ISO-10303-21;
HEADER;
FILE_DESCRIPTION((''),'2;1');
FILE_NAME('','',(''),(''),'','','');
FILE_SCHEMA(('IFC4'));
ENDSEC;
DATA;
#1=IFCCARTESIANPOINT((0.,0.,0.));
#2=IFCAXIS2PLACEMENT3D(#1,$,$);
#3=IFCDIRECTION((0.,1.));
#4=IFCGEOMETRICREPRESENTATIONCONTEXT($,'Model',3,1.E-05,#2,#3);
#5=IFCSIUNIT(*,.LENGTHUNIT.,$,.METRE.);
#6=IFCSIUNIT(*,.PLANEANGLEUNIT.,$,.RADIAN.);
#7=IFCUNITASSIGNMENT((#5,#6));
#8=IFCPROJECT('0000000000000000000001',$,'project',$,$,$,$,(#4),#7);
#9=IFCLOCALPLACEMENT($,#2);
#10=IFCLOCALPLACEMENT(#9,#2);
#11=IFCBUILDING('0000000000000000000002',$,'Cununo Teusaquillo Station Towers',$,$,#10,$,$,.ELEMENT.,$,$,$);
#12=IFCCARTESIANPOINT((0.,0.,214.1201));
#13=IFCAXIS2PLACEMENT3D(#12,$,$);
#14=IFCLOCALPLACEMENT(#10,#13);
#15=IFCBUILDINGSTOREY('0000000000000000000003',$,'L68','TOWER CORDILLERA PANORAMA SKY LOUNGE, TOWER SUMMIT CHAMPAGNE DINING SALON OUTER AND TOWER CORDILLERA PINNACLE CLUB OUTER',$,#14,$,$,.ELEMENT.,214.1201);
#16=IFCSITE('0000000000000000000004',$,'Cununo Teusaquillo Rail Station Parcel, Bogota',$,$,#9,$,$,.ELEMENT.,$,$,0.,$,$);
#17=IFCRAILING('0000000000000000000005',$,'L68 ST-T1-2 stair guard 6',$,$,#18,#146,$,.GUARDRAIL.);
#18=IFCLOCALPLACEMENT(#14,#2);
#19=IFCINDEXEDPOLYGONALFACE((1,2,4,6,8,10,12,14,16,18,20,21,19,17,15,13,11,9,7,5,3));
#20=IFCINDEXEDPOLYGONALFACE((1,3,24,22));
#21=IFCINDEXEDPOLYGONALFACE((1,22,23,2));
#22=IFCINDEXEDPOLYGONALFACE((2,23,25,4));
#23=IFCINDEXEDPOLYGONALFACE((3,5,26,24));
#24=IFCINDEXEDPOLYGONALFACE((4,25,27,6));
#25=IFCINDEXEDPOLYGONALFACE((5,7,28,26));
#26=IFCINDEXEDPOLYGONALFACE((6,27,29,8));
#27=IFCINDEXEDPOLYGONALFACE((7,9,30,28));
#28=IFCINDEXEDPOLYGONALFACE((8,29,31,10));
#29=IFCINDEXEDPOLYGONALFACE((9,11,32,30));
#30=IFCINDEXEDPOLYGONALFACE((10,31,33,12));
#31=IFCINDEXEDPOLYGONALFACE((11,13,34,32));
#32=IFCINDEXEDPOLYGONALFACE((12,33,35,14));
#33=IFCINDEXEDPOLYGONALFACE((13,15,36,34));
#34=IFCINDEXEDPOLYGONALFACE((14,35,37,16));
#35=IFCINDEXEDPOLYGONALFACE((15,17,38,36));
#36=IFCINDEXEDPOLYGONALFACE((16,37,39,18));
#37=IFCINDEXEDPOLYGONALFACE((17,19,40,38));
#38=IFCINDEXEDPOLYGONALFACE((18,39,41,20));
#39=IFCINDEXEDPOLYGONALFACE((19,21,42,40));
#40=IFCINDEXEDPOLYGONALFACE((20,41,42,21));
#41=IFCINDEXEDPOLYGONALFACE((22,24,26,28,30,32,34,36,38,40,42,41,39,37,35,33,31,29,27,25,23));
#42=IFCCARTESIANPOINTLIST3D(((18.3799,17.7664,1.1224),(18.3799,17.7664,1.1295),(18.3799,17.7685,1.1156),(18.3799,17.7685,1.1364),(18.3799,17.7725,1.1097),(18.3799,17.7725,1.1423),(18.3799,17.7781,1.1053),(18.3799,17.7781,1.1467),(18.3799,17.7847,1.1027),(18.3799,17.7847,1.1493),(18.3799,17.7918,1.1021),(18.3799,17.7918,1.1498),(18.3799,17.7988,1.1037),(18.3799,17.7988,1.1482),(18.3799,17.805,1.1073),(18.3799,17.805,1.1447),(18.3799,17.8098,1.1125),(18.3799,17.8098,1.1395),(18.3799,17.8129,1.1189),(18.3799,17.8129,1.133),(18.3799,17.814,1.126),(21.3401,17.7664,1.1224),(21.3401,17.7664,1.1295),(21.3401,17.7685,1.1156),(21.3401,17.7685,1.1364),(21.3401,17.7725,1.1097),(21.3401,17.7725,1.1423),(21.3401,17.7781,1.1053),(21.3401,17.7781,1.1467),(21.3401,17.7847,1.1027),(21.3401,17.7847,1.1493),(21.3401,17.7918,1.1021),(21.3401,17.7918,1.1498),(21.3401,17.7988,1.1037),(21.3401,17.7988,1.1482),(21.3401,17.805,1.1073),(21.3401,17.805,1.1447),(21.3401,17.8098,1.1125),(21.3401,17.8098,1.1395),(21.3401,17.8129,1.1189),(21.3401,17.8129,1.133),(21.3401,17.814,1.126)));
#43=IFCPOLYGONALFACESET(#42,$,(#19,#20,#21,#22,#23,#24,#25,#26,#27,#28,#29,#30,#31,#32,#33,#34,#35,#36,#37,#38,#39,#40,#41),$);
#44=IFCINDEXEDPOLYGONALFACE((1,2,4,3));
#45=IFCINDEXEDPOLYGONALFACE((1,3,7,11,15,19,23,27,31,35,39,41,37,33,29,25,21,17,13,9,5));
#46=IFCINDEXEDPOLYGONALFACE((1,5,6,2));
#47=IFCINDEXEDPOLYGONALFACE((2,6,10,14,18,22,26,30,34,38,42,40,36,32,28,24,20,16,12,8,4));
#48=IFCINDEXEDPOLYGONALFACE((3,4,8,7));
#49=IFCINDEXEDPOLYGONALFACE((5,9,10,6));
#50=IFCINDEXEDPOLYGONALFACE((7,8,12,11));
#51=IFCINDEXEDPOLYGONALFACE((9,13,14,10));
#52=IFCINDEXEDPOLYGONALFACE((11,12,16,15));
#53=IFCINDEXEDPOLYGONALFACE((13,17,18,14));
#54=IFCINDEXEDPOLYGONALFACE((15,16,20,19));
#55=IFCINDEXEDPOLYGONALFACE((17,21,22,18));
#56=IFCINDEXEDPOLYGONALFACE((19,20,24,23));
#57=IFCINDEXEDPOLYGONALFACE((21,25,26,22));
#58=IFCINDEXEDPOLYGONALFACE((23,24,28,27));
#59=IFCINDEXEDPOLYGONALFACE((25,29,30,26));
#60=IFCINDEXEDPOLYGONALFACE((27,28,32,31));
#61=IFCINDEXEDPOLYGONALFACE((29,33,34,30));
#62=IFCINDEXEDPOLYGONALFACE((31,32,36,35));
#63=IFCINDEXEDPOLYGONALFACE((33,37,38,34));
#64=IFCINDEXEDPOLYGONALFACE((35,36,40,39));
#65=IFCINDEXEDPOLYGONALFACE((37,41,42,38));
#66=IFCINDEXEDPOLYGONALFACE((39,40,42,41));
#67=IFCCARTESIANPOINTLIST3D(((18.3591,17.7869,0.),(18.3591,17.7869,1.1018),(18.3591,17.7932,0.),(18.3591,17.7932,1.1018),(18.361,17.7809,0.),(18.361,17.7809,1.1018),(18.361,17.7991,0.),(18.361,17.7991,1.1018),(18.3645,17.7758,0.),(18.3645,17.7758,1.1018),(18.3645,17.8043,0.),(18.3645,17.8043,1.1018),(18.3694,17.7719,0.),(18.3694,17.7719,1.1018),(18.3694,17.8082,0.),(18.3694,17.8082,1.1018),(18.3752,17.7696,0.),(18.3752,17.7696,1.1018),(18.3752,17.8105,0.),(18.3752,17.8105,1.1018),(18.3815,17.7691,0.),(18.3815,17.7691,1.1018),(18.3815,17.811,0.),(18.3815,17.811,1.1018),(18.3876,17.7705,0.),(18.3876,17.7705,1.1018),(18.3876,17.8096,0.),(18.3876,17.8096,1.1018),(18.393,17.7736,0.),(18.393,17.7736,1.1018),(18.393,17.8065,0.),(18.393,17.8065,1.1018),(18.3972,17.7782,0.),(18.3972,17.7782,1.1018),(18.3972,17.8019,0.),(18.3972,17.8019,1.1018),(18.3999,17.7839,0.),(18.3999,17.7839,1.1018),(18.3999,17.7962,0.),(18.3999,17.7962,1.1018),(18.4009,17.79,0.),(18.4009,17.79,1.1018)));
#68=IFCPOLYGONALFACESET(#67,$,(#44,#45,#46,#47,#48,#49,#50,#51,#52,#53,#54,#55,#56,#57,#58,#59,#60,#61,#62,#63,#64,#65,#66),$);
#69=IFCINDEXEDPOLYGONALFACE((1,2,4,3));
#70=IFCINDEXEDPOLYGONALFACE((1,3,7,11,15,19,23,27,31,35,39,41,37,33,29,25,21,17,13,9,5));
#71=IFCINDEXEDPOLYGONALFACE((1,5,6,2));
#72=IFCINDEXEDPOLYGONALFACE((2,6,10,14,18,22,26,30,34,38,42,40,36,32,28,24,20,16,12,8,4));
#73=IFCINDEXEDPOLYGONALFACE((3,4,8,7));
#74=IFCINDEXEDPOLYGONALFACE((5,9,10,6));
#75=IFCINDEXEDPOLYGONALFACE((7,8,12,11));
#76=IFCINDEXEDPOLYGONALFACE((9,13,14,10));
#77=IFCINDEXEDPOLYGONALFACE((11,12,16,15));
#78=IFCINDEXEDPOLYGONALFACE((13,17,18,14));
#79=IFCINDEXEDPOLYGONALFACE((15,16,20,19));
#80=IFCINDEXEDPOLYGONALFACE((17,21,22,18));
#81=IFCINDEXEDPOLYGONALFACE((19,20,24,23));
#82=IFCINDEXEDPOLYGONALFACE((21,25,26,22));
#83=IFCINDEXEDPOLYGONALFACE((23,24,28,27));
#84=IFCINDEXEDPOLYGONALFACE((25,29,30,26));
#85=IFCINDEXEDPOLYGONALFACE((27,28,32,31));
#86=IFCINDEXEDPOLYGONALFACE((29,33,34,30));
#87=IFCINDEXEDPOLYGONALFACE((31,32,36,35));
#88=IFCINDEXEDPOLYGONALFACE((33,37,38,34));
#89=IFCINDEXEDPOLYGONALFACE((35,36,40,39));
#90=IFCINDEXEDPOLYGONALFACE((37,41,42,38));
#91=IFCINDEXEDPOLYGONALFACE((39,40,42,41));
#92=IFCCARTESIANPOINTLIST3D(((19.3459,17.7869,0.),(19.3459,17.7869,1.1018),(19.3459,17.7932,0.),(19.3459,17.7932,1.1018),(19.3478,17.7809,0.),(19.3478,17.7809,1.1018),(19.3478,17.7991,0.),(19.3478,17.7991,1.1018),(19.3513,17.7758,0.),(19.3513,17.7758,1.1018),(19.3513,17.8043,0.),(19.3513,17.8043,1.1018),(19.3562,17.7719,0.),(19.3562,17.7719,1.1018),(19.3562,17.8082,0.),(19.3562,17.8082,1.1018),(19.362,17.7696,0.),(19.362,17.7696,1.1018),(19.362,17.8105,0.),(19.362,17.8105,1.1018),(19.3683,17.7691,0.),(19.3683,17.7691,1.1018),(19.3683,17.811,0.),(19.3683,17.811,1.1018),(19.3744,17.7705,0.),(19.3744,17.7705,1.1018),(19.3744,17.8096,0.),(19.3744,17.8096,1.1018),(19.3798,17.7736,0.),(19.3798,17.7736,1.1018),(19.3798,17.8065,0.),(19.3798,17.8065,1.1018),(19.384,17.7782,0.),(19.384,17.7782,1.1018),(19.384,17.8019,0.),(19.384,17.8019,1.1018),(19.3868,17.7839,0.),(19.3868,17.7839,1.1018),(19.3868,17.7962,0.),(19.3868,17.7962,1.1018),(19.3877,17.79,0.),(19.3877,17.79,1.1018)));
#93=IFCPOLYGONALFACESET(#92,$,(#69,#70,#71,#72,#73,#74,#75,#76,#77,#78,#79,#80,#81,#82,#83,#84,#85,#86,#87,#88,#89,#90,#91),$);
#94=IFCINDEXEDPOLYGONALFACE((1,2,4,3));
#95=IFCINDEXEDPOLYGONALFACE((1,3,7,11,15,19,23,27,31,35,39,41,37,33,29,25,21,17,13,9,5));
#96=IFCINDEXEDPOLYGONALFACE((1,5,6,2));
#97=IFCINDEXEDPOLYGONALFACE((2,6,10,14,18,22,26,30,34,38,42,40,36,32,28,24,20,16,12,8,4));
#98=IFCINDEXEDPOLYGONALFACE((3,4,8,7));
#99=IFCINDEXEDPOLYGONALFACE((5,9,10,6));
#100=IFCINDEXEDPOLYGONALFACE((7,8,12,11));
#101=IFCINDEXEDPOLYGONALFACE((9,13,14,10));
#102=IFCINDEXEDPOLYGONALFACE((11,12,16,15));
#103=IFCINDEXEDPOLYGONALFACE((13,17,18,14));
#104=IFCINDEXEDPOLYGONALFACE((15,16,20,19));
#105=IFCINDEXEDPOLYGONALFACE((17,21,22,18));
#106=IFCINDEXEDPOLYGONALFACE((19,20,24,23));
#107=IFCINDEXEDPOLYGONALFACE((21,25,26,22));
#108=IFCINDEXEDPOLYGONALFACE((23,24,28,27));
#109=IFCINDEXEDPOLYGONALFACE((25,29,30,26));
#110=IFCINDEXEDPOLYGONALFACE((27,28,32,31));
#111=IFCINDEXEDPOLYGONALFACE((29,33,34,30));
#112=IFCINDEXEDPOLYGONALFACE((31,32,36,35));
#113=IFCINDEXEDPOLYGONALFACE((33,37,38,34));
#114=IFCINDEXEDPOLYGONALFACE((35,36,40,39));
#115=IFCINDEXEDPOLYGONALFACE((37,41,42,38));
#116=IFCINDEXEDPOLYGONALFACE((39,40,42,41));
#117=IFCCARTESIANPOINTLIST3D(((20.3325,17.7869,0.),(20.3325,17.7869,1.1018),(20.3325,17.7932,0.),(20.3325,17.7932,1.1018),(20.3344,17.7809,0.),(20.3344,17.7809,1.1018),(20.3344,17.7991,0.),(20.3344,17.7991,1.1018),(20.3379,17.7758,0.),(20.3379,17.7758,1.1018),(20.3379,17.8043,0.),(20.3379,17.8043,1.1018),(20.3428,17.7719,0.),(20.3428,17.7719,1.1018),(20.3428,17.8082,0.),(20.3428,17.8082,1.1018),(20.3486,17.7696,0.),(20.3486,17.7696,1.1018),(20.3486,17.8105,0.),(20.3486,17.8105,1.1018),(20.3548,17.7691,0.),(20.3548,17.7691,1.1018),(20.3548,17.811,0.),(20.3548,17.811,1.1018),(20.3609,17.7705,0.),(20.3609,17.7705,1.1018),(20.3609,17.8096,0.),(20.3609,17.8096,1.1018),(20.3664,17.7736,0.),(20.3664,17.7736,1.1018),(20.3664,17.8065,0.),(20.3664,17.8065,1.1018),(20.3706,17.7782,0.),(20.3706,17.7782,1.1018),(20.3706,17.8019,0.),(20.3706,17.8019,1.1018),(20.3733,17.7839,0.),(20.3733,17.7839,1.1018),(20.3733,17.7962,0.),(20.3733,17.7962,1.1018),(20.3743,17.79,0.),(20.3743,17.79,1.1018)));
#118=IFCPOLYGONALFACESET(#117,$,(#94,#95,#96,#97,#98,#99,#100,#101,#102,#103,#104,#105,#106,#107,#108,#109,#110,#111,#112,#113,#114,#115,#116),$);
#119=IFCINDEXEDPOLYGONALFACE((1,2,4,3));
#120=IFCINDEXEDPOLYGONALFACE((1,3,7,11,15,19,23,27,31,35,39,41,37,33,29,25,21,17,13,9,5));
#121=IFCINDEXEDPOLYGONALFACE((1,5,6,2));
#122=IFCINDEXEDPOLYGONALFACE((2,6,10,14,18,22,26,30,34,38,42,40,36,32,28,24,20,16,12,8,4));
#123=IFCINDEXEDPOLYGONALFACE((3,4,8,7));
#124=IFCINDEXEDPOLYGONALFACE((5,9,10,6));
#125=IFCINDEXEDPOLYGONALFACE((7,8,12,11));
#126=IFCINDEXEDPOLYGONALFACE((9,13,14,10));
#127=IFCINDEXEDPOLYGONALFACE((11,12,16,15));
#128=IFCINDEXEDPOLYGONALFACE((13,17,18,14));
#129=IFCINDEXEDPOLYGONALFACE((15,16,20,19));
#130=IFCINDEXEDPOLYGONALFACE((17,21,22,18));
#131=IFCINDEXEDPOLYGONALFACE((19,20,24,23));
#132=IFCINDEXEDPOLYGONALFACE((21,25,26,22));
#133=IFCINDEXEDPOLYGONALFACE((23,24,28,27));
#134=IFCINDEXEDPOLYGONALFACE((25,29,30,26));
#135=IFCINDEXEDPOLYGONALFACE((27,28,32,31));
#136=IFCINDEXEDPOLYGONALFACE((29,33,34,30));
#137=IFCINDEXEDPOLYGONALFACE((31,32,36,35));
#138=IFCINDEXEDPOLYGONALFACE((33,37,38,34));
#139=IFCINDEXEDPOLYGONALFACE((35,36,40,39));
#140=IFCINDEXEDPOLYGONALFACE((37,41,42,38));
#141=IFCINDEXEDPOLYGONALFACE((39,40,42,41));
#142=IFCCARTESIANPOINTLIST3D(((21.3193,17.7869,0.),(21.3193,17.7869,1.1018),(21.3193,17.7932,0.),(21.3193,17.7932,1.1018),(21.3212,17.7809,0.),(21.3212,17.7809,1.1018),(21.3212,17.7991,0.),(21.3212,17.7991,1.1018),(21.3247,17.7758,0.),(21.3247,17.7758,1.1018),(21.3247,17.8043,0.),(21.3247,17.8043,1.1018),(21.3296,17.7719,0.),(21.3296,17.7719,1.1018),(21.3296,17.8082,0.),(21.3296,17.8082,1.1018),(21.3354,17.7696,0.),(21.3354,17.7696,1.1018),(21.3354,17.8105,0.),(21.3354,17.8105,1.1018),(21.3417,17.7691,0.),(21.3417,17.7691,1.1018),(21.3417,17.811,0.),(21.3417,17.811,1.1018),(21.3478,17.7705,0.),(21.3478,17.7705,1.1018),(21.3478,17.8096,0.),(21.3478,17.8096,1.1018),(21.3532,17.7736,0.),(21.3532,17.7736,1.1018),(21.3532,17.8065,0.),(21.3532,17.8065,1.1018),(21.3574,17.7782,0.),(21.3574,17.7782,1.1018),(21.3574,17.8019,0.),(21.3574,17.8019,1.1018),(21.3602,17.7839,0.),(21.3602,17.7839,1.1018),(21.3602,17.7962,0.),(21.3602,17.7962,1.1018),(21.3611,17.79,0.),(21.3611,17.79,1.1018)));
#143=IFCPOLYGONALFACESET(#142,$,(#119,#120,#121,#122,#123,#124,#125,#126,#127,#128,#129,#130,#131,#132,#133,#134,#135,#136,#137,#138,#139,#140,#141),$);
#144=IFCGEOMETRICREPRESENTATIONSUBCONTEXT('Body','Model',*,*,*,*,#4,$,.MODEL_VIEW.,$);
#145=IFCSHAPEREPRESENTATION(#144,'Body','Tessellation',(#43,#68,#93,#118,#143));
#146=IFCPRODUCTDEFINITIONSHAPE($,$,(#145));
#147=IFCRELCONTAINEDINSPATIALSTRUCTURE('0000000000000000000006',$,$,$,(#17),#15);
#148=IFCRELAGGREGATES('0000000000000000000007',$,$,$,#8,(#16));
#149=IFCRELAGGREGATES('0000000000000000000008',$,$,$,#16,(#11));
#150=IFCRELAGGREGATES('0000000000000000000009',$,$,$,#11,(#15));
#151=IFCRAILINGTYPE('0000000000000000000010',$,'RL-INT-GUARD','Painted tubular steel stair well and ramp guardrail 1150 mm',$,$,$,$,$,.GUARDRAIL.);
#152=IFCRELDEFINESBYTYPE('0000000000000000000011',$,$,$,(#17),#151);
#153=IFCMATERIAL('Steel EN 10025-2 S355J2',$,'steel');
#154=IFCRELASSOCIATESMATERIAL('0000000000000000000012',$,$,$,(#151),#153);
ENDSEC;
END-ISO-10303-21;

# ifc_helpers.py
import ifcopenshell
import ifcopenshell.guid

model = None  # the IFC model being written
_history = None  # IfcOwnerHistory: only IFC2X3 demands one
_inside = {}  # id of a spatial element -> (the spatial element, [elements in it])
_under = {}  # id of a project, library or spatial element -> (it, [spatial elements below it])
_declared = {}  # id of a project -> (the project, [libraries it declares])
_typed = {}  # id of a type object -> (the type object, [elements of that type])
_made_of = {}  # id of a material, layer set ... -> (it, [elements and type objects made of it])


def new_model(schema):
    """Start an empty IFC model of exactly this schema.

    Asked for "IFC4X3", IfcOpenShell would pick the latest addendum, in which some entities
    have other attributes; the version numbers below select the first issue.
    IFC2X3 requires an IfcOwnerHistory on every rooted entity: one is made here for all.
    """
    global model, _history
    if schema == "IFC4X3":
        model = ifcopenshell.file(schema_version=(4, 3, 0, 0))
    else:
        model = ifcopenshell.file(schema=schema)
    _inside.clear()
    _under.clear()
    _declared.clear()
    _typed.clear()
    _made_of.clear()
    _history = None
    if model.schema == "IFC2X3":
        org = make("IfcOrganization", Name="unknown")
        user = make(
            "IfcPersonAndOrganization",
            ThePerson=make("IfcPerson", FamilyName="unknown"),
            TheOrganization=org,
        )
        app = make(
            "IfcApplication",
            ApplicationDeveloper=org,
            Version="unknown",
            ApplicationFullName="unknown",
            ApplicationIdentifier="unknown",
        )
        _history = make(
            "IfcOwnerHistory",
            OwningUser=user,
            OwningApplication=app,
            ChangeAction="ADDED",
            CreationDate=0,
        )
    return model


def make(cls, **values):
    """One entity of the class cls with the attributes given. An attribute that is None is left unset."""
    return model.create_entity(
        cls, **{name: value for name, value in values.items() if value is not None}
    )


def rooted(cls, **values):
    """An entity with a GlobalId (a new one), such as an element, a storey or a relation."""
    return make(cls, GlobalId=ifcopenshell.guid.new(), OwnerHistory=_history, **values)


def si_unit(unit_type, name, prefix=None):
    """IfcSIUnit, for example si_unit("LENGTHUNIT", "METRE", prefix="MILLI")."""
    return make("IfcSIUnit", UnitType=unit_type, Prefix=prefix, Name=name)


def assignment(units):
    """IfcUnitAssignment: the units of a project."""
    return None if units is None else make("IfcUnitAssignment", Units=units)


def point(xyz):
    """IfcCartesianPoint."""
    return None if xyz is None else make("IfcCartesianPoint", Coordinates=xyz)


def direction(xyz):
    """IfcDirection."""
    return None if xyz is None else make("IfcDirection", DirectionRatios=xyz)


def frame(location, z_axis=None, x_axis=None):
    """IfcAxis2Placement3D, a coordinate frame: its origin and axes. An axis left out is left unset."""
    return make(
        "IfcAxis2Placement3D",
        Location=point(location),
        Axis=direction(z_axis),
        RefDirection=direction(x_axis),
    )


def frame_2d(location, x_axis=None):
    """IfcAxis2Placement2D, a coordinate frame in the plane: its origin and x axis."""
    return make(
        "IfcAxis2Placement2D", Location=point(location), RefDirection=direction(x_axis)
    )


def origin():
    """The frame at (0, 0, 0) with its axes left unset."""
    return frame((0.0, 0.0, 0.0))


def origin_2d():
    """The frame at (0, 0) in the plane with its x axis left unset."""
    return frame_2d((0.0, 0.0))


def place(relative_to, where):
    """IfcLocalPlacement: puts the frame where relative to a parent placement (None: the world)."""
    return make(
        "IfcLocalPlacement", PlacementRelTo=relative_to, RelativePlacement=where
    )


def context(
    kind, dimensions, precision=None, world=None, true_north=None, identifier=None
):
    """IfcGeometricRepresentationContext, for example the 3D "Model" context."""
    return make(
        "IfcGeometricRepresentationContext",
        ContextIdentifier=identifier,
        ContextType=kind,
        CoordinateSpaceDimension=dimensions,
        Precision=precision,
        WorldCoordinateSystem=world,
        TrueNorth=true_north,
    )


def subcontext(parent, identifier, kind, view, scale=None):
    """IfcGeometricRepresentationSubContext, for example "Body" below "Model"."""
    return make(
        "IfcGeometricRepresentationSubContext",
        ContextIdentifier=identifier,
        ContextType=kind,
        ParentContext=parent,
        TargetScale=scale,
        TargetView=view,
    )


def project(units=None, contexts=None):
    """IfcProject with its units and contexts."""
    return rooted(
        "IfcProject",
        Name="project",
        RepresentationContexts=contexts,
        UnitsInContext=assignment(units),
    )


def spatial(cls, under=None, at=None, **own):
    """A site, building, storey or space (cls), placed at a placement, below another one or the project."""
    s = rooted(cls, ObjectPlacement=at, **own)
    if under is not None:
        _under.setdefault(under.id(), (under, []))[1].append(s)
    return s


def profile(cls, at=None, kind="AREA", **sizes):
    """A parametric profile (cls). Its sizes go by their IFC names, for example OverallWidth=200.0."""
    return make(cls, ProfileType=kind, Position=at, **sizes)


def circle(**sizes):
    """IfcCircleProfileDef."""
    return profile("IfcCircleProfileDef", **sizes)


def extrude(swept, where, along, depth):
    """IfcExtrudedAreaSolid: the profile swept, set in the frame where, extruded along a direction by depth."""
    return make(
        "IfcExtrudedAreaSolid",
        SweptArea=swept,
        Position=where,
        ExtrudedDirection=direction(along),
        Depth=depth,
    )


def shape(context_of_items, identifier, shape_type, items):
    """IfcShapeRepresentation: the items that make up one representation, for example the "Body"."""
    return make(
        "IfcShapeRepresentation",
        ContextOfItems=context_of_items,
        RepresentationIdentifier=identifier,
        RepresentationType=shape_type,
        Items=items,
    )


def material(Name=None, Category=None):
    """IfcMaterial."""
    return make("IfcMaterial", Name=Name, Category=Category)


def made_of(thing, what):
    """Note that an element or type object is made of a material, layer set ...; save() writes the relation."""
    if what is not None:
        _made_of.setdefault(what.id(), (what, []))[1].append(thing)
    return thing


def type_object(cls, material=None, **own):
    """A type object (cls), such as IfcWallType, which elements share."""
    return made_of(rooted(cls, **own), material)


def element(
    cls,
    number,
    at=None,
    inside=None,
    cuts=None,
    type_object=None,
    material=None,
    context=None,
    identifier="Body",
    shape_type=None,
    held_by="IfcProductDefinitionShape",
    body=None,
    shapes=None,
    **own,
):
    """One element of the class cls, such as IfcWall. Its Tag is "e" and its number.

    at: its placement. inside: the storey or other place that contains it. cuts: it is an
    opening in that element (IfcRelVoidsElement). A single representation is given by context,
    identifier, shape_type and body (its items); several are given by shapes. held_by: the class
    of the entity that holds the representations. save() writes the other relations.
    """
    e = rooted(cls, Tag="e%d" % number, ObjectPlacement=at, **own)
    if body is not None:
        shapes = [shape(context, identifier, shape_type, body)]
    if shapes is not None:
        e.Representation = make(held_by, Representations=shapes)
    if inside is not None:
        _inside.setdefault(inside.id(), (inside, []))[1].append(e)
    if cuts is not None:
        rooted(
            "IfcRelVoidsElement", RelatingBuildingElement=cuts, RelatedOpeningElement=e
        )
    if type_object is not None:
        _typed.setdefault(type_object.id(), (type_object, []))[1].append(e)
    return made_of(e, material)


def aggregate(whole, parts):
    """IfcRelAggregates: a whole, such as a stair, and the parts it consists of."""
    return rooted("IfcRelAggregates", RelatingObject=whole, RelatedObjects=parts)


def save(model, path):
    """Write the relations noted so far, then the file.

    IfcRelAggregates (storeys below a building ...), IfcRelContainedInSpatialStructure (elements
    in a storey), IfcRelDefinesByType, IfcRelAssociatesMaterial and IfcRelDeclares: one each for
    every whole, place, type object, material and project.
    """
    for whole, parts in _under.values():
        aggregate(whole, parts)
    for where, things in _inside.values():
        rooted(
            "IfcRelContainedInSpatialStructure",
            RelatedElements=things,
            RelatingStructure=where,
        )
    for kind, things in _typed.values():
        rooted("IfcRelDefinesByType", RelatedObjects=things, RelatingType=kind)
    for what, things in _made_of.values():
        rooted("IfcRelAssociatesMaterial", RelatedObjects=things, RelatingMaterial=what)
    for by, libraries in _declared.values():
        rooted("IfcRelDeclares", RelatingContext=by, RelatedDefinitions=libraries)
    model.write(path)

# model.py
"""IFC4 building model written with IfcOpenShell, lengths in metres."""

from ifc_helpers import new_model, si_unit, direction, frame, origin, origin_2d, place, context, subcontext, project, spatial, circle, extrude, material, type_object, element, save


model = new_model("IFC4")

# Units and contexts
model_context = context("Model", 3, precision=1e-05, world=origin(), true_north=direction((0.0, 1.0)))
body_context = subcontext(model_context, "Body", "Model", "MODEL_VIEW")
ifc_project = project(units=[si_unit("LENGTHUNIT", "METRE"), si_unit("PLANEANGLEUNIT", "RADIAN")], contexts=[model_context])

# Site, building, storey
site_placement = place(None, origin())
site = spatial("IfcSite", under=ifc_project, at=site_placement, Name="Cununo Teusaquillo Rail Station Parcel, Bogota", CompositionType="ELEMENT", RefElevation=0.0)
building_placement = place(site_placement, origin())
building = spatial("IfcBuilding", under=site, at=building_placement, Name="Cununo Teusaquillo Station Towers", CompositionType="ELEMENT")
storey_placement = place(building_placement, frame((0.0, 0.0, 214.1201)))
storey = spatial("IfcBuildingStorey", under=building, at=storey_placement, Name="L68", Description="TOWER CORDILLERA PANORAMA SKY LOUNGE, TOWER SUMMIT CHAMPAGNE DINING SALON OUTER AND TOWER CORDILLERA PINNACLE CLUB OUTER", CompositionType="ELEMENT", Elevation=214.1201)

# Railing
ifc_material_1 = material(Name="Steel EN 10025-2 S355J2", Category="steel")
railing_type_1 = type_object("IfcRailingType", Name="RL-INT-GUARD", Description="Painted tubular steel stair well and ramp guardrail 1150 mm", PredefinedType="GUARDRAIL", material=ifc_material_1)
railing_1_placement = place(storey_placement, frame((18.3799, 17.79, 0.0)))
element("IfcRailing", 1, at=railing_1_placement, inside=storey, type_object=railing_type_1, Name="L68 ST-T1-2 stair guard 6", PredefinedType="GUARDRAIL", context=body_context, shape_type="SweptSolid", body=[
    extrude(circle(Radius=0.0239, at=origin_2d()), frame((0.0, 0.0, 1.126), z_axis=(1.0, 0.0, 0.0), x_axis=(0.0, 1.0, 0.0)), (0.0, 0.0, 1.0), 2.9602),
    extrude(circle(Radius=0.021, at=origin_2d()), origin(), (0.0, 0.0, 1.0), 1.1018),
    extrude(circle(Radius=0.021, at=origin_2d()), frame((0.9868, 0.0, 0.0)), (0.0, 0.0, 1.0), 1.1018),
    extrude(circle(Radius=0.021, at=origin_2d()), frame((1.9734, 0.0, 0.0)), (0.0, 0.0, 1.0), 1.1018),
    extrude(circle(Radius=0.021, at=origin_2d()), frame((2.9602, 0.0, 0.0)), (0.0, 0.0, 1.0), 1.1018),
])

save(model, "model.ifc")
